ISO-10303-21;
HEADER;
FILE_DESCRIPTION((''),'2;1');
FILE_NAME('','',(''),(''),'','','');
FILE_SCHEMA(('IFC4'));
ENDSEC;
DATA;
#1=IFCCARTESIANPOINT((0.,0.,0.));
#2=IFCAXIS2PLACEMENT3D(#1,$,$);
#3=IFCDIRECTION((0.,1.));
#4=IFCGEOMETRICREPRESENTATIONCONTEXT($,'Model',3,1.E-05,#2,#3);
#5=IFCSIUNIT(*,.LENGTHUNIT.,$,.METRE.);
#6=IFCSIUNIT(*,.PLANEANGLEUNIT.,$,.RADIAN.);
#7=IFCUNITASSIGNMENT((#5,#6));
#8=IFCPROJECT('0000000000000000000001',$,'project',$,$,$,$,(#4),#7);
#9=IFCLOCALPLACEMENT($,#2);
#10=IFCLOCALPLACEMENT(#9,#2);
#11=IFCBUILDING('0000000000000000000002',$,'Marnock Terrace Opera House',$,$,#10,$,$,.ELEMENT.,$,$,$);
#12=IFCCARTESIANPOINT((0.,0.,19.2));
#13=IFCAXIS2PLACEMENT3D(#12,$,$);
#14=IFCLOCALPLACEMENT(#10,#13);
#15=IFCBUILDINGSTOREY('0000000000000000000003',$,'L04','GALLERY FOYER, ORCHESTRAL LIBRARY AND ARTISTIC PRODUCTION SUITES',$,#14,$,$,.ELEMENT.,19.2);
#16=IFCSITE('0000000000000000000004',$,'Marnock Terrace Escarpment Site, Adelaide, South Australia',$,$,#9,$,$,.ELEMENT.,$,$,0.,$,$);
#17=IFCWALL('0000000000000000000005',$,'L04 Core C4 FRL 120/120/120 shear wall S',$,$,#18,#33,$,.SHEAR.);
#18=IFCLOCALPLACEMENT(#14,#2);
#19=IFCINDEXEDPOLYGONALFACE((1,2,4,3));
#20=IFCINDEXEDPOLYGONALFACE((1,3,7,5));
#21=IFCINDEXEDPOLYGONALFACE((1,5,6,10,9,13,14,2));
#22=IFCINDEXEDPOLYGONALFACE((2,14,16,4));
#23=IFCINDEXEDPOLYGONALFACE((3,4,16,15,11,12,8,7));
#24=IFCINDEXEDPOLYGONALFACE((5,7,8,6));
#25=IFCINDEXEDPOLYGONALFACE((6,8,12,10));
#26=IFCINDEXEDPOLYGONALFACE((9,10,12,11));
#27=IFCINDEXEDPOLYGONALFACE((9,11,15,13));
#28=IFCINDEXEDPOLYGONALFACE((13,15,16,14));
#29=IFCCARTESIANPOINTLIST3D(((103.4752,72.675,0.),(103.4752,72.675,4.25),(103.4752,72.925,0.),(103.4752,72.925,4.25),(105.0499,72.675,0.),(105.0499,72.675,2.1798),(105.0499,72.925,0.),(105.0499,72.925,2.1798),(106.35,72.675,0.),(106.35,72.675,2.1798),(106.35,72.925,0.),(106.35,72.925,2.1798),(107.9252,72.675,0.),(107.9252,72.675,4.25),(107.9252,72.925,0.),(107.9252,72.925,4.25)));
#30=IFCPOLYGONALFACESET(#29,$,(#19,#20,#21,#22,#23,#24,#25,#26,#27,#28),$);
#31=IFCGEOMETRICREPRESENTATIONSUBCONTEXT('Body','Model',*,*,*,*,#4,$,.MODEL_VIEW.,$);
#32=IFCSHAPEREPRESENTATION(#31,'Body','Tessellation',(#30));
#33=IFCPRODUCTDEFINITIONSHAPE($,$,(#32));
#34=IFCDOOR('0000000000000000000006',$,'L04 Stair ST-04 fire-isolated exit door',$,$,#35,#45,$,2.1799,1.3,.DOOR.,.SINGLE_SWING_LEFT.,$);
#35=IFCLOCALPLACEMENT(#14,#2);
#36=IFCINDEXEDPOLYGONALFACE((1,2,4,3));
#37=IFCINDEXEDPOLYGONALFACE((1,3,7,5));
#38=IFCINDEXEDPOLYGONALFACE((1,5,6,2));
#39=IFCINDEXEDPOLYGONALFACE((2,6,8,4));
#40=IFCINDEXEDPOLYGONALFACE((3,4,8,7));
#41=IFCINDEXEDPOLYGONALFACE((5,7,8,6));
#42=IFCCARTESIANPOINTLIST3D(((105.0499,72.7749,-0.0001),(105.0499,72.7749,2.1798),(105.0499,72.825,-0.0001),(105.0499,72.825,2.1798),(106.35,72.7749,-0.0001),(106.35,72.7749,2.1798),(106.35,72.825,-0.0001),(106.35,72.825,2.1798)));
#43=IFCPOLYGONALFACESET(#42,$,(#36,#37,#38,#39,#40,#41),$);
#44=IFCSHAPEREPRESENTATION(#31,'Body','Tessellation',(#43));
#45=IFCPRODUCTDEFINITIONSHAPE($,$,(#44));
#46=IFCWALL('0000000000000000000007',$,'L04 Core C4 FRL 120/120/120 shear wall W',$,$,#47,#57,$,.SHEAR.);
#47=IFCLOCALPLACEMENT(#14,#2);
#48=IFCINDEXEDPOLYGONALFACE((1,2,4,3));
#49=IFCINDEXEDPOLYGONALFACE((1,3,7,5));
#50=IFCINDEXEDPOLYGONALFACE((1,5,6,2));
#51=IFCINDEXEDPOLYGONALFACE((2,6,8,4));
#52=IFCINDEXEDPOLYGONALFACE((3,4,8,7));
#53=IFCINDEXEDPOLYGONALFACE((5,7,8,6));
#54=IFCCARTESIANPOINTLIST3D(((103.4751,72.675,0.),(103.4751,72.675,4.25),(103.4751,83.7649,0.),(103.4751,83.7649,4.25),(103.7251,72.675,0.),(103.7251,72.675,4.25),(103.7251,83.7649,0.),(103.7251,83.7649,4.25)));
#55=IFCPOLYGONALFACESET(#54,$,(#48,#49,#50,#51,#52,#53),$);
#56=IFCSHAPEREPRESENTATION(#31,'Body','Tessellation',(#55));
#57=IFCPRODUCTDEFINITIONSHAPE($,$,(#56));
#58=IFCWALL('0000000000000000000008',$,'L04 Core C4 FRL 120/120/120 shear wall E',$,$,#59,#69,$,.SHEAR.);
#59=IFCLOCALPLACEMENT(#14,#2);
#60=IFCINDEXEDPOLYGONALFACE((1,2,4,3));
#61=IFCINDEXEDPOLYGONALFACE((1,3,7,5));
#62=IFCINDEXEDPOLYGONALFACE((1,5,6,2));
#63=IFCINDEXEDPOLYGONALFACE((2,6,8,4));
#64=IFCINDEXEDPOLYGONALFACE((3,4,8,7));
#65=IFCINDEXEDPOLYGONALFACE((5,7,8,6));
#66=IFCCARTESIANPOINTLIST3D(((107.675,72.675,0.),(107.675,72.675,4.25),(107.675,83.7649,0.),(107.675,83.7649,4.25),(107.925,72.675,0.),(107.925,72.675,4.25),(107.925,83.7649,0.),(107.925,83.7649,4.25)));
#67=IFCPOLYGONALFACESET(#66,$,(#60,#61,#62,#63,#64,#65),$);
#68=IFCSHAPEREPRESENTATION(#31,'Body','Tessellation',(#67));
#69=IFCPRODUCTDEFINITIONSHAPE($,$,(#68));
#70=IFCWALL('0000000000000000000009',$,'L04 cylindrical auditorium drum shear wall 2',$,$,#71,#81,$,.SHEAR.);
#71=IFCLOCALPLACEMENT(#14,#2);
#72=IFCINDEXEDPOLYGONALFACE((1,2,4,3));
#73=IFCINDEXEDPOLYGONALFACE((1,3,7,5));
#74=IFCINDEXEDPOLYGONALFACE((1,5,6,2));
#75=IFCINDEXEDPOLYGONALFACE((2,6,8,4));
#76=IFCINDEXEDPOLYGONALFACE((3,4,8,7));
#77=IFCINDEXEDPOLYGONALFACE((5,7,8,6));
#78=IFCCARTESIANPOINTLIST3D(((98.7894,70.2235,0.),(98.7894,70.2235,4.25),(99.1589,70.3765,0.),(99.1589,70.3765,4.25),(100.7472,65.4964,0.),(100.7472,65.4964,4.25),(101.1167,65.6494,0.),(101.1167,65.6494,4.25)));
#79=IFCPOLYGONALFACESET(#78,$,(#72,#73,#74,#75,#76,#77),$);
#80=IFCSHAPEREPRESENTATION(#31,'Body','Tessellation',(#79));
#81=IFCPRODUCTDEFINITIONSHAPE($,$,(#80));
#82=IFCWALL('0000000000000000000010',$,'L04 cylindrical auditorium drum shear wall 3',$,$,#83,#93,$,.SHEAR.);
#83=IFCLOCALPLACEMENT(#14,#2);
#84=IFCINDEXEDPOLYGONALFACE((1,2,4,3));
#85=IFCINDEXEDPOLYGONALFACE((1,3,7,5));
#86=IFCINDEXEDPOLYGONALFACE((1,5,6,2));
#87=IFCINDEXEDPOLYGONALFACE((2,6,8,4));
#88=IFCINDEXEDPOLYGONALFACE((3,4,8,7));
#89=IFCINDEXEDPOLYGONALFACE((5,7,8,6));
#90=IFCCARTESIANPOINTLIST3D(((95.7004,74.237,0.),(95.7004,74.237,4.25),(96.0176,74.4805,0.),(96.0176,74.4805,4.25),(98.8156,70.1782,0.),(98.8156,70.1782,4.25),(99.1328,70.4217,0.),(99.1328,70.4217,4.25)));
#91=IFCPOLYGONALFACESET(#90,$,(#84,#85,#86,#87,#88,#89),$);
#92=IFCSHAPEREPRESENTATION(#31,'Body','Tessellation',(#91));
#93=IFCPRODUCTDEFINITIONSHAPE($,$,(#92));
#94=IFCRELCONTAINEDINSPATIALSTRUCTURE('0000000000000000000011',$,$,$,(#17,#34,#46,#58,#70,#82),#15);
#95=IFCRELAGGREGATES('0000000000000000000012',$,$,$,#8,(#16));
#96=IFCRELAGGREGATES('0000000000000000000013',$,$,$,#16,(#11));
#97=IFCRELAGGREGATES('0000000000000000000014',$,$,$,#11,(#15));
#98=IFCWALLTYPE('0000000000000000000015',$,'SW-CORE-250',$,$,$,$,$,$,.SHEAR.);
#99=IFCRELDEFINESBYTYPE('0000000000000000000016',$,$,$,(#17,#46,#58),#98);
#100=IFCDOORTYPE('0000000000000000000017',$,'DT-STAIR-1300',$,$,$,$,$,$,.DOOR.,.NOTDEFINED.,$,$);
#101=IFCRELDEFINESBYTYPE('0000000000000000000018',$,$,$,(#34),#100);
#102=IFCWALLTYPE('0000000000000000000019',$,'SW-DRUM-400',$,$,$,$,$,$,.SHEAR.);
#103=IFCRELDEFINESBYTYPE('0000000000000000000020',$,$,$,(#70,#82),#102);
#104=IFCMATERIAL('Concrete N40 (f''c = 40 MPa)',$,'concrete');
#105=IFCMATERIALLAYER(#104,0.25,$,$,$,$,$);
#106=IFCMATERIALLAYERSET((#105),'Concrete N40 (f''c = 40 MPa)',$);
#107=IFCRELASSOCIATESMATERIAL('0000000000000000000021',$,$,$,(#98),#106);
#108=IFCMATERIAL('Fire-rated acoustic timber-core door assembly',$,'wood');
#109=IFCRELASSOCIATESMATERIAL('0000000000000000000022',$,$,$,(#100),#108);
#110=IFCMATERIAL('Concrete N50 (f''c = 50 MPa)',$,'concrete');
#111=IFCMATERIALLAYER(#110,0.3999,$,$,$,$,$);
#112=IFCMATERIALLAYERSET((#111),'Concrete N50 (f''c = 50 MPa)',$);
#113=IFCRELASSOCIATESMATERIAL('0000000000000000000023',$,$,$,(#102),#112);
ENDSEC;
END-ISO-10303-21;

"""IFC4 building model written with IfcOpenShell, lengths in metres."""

from ifc_helpers import new_model, si_unit, direction, frame, frame_2d, origin, place, context, subcontext, project, spatial, rectangle, extrude, material, layer, layer_set, type_object, element, fill, save


model = new_model("IFC4")

# Units and contexts
model_context = context("Model", 3, precision=1e-05, world=origin(), true_north=direction((0.0, 1.0)))
body_context = subcontext(model_context, "Body", "Model", "MODEL_VIEW")
ifc_project = project(units=[si_unit("LENGTHUNIT", "METRE"), si_unit("PLANEANGLEUNIT", "RADIAN")], contexts=[model_context])

# Site, building, storey
site_placement = place(None, origin())
site = spatial("IfcSite", under=ifc_project, at=site_placement, Name="Marnock Terrace Escarpment Site, Adelaide, South Australia", CompositionType="ELEMENT", RefElevation=0.0)
building_placement = place(site_placement, origin())
building = spatial("IfcBuilding", under=site, at=building_placement, Name="Marnock Terrace Opera House", CompositionType="ELEMENT")
storey_placement = place(building_placement, frame((0.0, 0.0, 19.2)))
storey = spatial("IfcBuildingStorey", under=building, at=storey_placement, Name="L04", Description="GALLERY FOYER, ORCHESTRAL LIBRARY AND ARTISTIC PRODUCTION SUITES", CompositionType="ELEMENT", Elevation=19.2)

# Shared definitions
ifc_material_1 = material(Name="Concrete N50 (f'c = 50 MPa)", Category="concrete")
ifc_material_2 = material(Name="Concrete N40 (f'c = 40 MPa)", Category="concrete")

# Wall, opening, door
ifc_material_3 = material(Name="Fire-rated acoustic timber-core door assembly", Category="wood")
ifc_layer_1 = layer(ifc_material_2, 0.25)
ifc_layer_set_1 = layer_set([ifc_layer_1], Name="Concrete N40 (f'c = 40 MPa)")
wall_type_1 = type_object("IfcWallType", Name="SW-CORE-250", PredefinedType="SHEAR", material=ifc_layer_set_1)
wall_1_placement = place(storey_placement, frame((103.4751, 72.8, 0.0), z_axis=(0.0, 0.0, 1.0), x_axis=(1.0, 0.0, 0.0)))
wall_1 = element("IfcWall", 1, at=wall_1_placement, inside=storey, type_object=wall_type_1, Name="L04 Core C4 FRL 120/120/120 shear wall S", PredefinedType="SHEAR", context=body_context, shape_type="SweptSolid", body=[
    extrude(rectangle(XDim=4.45, YDim=0.25, at=frame_2d((2.2251, 0.0))), origin(), (0.0, 0.0, 1.0), 4.25),
])
opening_1_placement = place(wall_1_placement, frame((1.575, 0.0, 0.0)))
opening_1 = element("IfcOpeningElement", 2, at=opening_1_placement, cuts=wall_1, PredefinedType="OPENING", context=body_context, shape_type="SweptSolid", body=[
    extrude(rectangle(XDim=1.3, YDim=2.1799, at=frame_2d((0.6499, 1.0898))), frame((0.0, 0.135, 0.0), z_axis=(0.0, -1.0, 0.0), x_axis=(1.0, 0.0, 0.0)), (0.0, 0.0, 1.0), 0.27),
])
door_type_1 = type_object("IfcDoorType", Name="DT-STAIR-1300", OperationType="NOTDEFINED", PredefinedType="DOOR", material=ifc_material_3)
door_1_placement = place(opening_1_placement, origin())
door_1 = element("IfcDoor", 3, at=door_1_placement, inside=storey, type_object=door_type_1, Name="L04 Stair ST-04 fire-isolated exit door", OperationType="SINGLE_SWING_LEFT", OverallHeight=2.1799, OverallWidth=1.3, PredefinedType="DOOR", context=body_context, shape_type="SweptSolid", body=[
    extrude(rectangle(XDim=1.3, YDim=2.1799, at=frame_2d((0.6499, 1.0898))), frame((0.0, 0.0249, 0.0), z_axis=(0.0, -1.0, 0.0), x_axis=(1.0, 0.0, 0.0)), (0.0, 0.0, 1.0), 0.05),
])
fill(opening_1, door_1)

# Walls
for number, where, z_axis, x_axis, name in (
    (4, (103.6001, 72.675, 0.0), (0.0, 0.0, 1.0), (0.0, 1.0, 0.0), "L04 Core C4 FRL 120/120/120 shear wall W"),
    (5, (107.8, 72.675, 0.0), (0.0, 0.0, 1.0), (0.0, 1.0, 0.0), "L04 Core C4 FRL 120/120/120 shear wall E"),
):
    element("IfcWall", number, at=place(storey_placement, frame(where, z_axis=z_axis, x_axis=x_axis)), inside=storey, type_object=wall_type_1, Name=name, PredefinedType="SHEAR", context=body_context, shape_type="SweptSolid", body=[
        extrude(rectangle(XDim=11.0898, YDim=0.25, at=frame_2d((5.5449, 0.0))), origin(), (0.0, 0.0, 1.0), 4.25),
    ])
ifc_layer_2 = layer(ifc_material_1, 0.3999)
ifc_layer_set_2 = layer_set([ifc_layer_2], Name="Concrete N50 (f'c = 50 MPa)")
wall_type_2 = type_object("IfcWallType", Name="SW-DRUM-400", PredefinedType="SHEAR", material=ifc_layer_set_2)
for number, where, z_axis, x_axis, name in (
    (6, (100.9319, 65.573, 0.0), (0.0, 0.0, 1.0), (-0.382643, 0.923896, 0.0), "L04 cylindrical auditorium drum shear wall 2"),
    (7, (98.9741, 70.3, 0.0), (0.0, 0.0, 1.0), (-0.608857, 0.79328, 0.0), "L04 cylindrical auditorium drum shear wall 3"),
):
    element("IfcWall", number, at=place(storey_placement, frame(where, z_axis=z_axis, x_axis=x_axis)), inside=storey, type_object=wall_type_2, Name=name, PredefinedType="SHEAR", context=body_context, shape_type="SweptSolid", body=[
        extrude(rectangle(XDim=5.1165, YDim=0.3999, at=frame_2d((2.5581, 0.0))), origin(), (0.0, 0.0, 1.0), 4.25),
    ])

save(model, "model.ifc")
